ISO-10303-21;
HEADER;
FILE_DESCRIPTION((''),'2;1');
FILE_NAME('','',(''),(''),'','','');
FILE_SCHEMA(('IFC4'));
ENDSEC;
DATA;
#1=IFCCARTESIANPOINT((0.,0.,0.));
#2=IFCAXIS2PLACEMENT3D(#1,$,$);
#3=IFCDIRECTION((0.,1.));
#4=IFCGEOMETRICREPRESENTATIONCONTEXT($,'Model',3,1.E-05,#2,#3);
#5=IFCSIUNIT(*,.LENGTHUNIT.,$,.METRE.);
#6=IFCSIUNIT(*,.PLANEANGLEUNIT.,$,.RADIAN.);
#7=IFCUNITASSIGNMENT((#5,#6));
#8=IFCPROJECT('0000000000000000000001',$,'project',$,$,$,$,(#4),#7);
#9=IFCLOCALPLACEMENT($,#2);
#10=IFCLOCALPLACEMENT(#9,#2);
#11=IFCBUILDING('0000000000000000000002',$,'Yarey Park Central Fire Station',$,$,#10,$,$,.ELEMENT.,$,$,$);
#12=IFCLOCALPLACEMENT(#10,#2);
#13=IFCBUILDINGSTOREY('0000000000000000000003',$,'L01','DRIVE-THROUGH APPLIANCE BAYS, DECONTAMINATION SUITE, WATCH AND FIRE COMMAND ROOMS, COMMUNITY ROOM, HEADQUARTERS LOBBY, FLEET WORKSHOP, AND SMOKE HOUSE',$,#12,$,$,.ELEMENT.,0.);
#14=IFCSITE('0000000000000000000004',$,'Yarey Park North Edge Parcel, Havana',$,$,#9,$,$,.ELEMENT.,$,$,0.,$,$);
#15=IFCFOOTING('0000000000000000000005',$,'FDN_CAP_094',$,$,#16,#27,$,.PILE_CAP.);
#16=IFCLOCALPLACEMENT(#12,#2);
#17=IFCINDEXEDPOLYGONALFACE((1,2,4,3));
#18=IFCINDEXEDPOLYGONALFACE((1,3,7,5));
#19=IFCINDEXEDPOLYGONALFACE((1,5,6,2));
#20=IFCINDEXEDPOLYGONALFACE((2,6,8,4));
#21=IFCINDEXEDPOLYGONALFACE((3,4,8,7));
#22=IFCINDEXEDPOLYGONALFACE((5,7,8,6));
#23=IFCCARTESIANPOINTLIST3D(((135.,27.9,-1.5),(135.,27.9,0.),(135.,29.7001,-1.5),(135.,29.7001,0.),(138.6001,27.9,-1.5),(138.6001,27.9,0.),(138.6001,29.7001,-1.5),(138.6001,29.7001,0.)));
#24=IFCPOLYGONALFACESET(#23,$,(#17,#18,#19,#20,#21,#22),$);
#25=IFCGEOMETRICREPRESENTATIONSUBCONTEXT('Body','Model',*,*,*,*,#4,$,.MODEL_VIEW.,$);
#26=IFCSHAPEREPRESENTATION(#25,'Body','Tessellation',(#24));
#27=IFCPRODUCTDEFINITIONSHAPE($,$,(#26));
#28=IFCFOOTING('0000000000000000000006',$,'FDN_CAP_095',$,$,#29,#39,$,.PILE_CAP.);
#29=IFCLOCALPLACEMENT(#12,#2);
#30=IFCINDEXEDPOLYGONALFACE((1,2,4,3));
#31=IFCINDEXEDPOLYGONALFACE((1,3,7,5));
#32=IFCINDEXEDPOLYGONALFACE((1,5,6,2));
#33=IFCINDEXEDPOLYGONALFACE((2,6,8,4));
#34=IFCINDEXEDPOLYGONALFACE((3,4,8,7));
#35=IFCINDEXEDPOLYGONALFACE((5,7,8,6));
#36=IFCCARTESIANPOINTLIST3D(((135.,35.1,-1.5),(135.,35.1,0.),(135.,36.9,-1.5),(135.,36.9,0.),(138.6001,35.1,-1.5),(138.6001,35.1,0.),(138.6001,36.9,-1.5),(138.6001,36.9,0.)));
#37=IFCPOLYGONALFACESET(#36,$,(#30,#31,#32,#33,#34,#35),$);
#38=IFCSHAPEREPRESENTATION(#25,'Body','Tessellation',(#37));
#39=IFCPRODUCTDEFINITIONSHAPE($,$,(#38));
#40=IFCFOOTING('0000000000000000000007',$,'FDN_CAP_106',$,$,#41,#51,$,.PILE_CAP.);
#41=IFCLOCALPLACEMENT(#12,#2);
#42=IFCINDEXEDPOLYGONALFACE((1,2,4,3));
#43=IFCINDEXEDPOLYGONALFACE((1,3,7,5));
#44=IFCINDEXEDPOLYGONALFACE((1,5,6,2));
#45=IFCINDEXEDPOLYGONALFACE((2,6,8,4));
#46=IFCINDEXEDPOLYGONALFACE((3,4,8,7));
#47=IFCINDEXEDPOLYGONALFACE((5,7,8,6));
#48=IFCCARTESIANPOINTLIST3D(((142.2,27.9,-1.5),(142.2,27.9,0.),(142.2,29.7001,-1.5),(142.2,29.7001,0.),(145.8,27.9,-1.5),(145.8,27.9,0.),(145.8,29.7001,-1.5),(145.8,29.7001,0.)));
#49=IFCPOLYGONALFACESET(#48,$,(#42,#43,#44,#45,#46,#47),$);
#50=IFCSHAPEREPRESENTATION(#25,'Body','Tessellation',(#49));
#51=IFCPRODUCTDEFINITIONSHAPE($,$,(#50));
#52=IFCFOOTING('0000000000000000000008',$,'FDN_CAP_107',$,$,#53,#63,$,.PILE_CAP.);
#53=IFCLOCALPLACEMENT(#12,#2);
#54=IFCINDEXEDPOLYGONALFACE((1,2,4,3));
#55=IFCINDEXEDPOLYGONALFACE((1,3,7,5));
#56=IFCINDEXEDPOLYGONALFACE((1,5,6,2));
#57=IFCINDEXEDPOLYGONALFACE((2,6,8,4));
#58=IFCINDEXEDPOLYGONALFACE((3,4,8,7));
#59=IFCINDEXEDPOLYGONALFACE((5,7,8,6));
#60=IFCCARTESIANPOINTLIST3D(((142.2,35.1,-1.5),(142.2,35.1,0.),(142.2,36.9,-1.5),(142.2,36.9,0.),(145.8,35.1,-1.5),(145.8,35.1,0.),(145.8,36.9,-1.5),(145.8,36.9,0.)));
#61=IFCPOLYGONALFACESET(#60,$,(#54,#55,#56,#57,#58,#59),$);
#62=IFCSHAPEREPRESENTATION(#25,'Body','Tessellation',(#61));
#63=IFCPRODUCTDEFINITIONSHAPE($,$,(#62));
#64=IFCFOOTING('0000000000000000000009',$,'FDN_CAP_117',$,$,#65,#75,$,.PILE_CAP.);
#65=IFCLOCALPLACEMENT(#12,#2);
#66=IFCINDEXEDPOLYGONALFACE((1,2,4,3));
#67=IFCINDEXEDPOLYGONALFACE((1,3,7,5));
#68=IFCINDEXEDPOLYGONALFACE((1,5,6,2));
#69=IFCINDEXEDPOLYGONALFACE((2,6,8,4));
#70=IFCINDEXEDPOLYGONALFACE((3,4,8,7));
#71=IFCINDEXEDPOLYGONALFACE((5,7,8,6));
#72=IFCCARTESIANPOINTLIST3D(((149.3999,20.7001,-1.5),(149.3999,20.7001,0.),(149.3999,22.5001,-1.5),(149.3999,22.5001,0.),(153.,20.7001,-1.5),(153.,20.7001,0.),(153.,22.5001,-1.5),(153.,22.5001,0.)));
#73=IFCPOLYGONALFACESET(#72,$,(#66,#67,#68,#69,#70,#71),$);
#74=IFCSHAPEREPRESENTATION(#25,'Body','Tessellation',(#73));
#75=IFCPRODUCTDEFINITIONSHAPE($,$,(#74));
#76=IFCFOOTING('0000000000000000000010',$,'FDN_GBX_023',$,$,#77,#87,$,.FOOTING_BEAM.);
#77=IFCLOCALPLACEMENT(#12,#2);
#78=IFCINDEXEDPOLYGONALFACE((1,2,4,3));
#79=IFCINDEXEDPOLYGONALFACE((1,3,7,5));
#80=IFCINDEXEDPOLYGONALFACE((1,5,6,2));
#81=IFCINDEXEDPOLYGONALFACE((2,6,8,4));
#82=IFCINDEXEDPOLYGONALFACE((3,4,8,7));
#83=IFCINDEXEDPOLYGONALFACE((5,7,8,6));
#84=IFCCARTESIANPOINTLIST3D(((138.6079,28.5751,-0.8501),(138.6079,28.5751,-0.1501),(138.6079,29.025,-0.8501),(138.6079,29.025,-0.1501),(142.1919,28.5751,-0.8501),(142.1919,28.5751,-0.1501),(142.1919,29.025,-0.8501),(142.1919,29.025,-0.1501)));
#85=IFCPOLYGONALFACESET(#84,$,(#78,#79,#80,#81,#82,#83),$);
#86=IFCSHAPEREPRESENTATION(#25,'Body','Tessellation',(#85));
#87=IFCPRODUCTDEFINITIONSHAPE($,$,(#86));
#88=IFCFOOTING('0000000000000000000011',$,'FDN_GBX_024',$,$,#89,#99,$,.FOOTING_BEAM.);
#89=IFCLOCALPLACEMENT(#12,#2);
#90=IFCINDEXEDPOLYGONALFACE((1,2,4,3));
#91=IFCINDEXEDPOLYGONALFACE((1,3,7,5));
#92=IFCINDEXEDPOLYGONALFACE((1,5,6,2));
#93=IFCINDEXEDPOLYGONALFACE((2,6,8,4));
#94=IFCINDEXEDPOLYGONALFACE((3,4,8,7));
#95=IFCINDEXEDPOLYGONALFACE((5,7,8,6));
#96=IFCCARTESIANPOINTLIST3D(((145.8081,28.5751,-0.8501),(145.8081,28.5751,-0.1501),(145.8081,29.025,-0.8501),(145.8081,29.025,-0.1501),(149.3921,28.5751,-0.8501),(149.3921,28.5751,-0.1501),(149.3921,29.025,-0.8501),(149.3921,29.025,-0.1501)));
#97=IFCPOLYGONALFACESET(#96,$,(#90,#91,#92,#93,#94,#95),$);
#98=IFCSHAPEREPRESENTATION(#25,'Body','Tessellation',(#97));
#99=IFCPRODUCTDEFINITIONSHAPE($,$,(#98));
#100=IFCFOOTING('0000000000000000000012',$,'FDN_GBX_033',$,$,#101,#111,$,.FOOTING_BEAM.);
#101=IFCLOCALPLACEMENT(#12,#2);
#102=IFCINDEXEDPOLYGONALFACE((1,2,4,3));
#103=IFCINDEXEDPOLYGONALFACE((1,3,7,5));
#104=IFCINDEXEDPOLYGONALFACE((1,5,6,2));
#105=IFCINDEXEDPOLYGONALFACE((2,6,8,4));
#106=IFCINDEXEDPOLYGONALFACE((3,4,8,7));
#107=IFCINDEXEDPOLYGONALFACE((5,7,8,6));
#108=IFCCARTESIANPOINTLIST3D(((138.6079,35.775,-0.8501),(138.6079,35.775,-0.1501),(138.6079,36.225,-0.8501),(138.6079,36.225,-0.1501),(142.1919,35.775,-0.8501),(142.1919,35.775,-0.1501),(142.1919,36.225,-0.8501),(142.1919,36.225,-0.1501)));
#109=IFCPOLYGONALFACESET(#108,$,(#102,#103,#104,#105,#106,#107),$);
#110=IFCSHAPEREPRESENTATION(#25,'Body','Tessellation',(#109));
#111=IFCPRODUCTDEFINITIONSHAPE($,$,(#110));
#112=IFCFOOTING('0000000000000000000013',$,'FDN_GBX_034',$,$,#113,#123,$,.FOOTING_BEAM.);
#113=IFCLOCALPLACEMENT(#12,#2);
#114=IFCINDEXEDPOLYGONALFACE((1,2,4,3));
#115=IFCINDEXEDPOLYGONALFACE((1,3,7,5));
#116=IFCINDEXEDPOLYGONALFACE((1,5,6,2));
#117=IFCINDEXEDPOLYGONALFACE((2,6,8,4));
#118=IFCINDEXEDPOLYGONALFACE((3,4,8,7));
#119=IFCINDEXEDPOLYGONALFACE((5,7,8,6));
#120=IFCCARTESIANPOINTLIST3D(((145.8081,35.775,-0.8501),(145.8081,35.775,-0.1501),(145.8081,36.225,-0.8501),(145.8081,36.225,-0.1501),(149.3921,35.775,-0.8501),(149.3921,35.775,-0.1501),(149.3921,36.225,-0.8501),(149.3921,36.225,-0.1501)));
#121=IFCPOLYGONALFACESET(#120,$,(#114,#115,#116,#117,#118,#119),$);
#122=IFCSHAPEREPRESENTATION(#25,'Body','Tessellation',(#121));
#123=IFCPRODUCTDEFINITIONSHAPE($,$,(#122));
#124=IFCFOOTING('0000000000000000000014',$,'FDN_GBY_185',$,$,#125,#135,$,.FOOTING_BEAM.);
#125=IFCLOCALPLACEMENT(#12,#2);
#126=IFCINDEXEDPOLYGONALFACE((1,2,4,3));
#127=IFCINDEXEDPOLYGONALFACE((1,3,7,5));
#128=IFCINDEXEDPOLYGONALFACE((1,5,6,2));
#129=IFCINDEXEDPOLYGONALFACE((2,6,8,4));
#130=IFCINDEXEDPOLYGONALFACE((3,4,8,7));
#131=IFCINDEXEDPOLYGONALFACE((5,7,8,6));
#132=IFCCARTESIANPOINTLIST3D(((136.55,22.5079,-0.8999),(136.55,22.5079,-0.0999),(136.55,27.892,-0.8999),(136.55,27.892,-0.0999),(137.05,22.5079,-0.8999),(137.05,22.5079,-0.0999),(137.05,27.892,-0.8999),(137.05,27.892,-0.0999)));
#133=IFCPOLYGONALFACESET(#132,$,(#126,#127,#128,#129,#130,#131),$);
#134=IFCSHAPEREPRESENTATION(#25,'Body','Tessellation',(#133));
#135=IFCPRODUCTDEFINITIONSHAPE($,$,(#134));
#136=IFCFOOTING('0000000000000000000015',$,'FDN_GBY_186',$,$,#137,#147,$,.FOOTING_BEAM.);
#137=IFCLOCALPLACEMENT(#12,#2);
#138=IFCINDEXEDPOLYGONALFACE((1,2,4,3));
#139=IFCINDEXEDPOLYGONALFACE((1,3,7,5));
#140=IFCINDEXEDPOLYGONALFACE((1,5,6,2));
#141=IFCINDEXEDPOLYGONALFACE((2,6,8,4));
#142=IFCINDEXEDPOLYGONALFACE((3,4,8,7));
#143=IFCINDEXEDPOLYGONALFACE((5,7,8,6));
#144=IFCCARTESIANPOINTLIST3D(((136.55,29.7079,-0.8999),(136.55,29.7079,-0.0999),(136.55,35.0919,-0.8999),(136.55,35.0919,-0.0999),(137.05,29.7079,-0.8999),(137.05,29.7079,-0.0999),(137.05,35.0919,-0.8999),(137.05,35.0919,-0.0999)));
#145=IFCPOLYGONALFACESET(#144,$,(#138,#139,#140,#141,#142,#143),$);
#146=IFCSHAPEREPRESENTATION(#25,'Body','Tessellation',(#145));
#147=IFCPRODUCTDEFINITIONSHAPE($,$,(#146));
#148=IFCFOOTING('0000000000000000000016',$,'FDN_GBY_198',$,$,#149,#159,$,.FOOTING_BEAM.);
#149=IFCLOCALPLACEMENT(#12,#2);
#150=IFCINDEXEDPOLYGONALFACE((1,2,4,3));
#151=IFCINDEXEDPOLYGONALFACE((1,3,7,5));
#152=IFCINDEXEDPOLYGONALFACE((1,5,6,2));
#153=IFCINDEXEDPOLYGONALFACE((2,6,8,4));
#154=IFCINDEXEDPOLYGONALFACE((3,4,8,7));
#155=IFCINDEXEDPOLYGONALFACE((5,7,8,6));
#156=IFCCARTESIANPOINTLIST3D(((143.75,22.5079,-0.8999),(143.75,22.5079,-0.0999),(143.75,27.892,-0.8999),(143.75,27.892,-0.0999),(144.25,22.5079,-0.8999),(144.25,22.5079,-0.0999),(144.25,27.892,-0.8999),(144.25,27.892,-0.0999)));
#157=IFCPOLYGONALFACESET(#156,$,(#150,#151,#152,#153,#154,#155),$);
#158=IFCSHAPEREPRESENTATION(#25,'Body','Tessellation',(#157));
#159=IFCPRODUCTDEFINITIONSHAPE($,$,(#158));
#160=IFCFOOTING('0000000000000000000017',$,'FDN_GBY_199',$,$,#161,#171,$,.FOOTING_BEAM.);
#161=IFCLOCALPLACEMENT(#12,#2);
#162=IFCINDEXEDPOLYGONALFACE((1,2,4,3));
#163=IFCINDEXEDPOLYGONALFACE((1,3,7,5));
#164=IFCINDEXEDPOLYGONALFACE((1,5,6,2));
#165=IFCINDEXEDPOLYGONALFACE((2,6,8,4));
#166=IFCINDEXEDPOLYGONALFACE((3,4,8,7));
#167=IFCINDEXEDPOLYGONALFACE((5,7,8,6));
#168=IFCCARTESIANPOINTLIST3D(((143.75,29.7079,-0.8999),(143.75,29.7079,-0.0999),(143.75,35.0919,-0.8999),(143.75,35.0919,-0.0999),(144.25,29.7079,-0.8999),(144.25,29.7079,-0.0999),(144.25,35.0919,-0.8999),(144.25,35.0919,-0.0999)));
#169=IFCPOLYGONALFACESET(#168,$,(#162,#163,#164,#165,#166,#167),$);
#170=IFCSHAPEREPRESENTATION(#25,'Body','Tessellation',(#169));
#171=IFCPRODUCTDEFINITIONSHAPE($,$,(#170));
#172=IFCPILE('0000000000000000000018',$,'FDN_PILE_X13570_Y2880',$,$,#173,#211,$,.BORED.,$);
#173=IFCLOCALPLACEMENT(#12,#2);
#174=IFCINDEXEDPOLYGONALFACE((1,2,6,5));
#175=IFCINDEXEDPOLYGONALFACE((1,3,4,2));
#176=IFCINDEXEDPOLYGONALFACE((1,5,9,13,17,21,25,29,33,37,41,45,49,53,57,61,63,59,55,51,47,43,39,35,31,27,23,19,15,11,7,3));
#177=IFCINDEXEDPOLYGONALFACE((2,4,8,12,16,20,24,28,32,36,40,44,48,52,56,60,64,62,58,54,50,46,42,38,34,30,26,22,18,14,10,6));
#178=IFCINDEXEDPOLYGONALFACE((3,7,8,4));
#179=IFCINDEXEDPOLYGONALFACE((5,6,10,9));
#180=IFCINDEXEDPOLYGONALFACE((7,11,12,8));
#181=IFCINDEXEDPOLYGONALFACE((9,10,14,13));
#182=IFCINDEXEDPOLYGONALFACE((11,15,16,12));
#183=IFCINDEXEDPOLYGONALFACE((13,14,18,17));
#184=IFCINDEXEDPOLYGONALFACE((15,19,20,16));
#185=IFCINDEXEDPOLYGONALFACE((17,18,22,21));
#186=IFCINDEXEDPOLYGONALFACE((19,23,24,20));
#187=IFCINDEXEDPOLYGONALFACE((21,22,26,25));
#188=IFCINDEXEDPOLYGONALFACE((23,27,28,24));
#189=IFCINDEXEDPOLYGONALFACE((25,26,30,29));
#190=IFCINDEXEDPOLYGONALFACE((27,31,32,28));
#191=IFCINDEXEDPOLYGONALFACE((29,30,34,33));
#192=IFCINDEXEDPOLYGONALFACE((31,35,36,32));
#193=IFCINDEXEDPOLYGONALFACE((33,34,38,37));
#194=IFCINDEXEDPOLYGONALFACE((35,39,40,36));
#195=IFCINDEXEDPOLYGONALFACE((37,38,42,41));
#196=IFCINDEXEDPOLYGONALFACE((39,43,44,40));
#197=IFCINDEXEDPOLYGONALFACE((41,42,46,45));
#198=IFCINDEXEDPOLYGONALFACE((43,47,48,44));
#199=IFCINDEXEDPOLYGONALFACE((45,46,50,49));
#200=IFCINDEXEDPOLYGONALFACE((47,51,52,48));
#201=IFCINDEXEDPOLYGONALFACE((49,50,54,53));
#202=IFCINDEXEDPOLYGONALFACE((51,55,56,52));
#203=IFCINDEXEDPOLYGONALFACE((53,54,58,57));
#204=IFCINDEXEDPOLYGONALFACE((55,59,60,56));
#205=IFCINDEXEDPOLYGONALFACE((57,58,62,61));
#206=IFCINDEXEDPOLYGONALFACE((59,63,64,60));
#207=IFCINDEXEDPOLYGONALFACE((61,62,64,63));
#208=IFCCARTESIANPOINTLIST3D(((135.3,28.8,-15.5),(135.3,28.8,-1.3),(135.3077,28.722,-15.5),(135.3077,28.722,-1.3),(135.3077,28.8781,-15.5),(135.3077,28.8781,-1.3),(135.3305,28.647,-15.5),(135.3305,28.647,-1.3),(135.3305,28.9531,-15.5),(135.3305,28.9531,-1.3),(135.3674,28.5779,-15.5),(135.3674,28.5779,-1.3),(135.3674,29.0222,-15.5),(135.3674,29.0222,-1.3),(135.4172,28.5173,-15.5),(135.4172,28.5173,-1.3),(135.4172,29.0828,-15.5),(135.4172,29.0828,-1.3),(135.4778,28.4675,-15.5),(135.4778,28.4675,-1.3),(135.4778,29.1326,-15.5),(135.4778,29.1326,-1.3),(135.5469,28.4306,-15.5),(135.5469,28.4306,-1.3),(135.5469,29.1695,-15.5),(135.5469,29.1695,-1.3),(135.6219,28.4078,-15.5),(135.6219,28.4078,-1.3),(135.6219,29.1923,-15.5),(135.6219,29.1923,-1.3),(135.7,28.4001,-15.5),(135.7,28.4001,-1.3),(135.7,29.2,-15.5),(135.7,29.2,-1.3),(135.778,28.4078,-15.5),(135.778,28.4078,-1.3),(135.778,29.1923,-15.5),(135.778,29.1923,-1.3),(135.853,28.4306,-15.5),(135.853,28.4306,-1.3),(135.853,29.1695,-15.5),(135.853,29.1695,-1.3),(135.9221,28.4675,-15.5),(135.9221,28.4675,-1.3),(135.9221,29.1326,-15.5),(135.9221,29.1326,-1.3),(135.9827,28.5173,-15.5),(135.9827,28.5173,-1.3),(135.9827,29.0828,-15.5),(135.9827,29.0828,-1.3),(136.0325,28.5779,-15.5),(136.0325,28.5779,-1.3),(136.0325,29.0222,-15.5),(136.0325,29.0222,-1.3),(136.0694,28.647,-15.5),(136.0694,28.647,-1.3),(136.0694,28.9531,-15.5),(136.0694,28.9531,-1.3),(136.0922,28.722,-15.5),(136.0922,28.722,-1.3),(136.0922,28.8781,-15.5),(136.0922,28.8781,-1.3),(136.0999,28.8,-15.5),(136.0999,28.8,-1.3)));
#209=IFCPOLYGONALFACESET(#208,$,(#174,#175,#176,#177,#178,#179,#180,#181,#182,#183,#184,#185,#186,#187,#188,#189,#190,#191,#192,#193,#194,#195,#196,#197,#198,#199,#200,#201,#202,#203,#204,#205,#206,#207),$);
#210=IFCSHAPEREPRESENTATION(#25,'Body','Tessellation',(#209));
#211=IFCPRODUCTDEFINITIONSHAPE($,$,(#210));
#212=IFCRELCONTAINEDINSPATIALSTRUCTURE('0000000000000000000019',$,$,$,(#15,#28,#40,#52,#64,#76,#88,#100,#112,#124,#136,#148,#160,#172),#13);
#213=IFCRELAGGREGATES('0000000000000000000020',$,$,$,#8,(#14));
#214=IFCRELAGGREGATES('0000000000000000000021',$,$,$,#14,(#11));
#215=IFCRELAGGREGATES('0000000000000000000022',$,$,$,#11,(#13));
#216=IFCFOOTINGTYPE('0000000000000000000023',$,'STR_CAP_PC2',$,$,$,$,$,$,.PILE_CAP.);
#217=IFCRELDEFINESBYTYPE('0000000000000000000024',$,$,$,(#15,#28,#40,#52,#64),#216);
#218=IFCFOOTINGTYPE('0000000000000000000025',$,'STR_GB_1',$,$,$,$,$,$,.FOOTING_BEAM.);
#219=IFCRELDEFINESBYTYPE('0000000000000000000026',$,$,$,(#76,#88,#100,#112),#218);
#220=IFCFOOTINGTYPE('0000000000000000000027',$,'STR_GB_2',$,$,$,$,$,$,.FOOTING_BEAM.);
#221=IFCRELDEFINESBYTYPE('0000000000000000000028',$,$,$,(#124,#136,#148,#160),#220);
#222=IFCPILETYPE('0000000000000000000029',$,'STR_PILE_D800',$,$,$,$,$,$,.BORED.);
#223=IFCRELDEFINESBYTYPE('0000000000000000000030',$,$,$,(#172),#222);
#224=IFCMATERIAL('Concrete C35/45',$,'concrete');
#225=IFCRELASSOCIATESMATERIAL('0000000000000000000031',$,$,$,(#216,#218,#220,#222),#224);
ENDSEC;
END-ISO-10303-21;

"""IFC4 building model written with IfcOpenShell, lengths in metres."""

from ifc_helpers import new_model, si_unit, direction, frame, origin, origin_2d, place, context, subcontext, project, spatial, rectangle, circle, extrude, material, material_profile, profile_set, type_object, element, save


model = new_model("IFC4")

# Units and contexts
model_context = context("Model", 3, precision=1e-05, world=origin(), true_north=direction((0.0, 1.0)))
body_context = subcontext(model_context, "Body", "Model", "MODEL_VIEW")
ifc_project = project(units=[si_unit("LENGTHUNIT", "METRE"), si_unit("PLANEANGLEUNIT", "RADIAN")], contexts=[model_context])

# Site, building, storey
site_placement = place(None, origin())
site = spatial("IfcSite", under=ifc_project, at=site_placement, Name="Yarey Park North Edge Parcel, Havana", CompositionType="ELEMENT", RefElevation=0.0)
building_placement = place(site_placement, origin())
building = spatial("IfcBuilding", under=site, at=building_placement, Name="Yarey Park Central Fire Station", CompositionType="ELEMENT")
storey_placement = place(building_placement, origin())
storey = spatial("IfcBuildingStorey", under=building, at=storey_placement, Name="L01", Description="DRIVE-THROUGH APPLIANCE BAYS, DECONTAMINATION SUITE, WATCH AND FIRE COMMAND ROOMS, COMMUNITY ROOM, HEADQUARTERS LOBBY, FLEET WORKSHOP, AND SMOKE HOUSE", CompositionType="ELEMENT", Elevation=0.0)

# Footings
ifc_material_1 = material(Name="Concrete C35/45", Category="concrete")
footing_type_1 = type_object("IfcFootingType", Name="STR_CAP_PC2", PredefinedType="PILE_CAP", material=ifc_material_1)
for number, where, z_axis, x_axis, name in (
    (1, (136.8, 28.8, -1.5), (0.0, 0.0, 1.0), (1.0, 0.0, 0.0), "FDN_CAP_094"),
    (2, (136.8, 36.0, -1.5), (0.0, 0.0, 1.0), (1.0, 0.0, 0.0), "FDN_CAP_095"),
    (3, (144.0, 28.8, -1.5), (0.0, 0.0, 1.0), (1.0, 0.0, 0.0), "FDN_CAP_106"),
    (4, (144.0, 36.0, -1.5), (0.0, 0.0, 1.0), (1.0, 0.0, 0.0), "FDN_CAP_107"),
    (5, (151.2, 21.6001, -1.5), (0.0, 0.0, 1.0), (1.0, 0.0, 0.0), "FDN_CAP_117"),
):
    element("IfcFooting", number, at=place(storey_placement, frame(where, z_axis=z_axis, x_axis=x_axis)), inside=storey, type_object=footing_type_1, Name=name, PredefinedType="PILE_CAP", context=body_context, shape_type="SweptSolid", body=[
        extrude(rectangle(XDim=3.6001, YDim=1.8, at=origin_2d()), origin(), (0.0, 0.0, 1.0), 1.5),
    ])
footing_type_2 = type_object("IfcFootingType", Name="STR_GB_1", PredefinedType="FOOTING_BEAM", material=ifc_material_1)
for number, where, z_axis, x_axis, name in (
    (6, (140.3999, 28.8, -0.8501), (0.0, 0.0, 1.0), (1.0, 0.0, 0.0), "FDN_GBX_023"),
    (7, (147.6001, 28.8, -0.8501), (0.0, 0.0, 1.0), (1.0, 0.0, 0.0), "FDN_GBX_024"),
    (8, (140.3999, 36.0, -0.8501), (0.0, 0.0, 1.0), (1.0, 0.0, 0.0), "FDN_GBX_033"),
    (9, (147.6001, 36.0, -0.8501), (0.0, 0.0, 1.0), (1.0, 0.0, 0.0), "FDN_GBX_034"),
):
    element("IfcFooting", number, at=place(storey_placement, frame(where, z_axis=z_axis, x_axis=x_axis)), inside=storey, type_object=footing_type_2, Name=name, PredefinedType="FOOTING_BEAM", context=body_context, shape_type="SweptSolid", body=[
        extrude(rectangle(XDim=3.584, YDim=0.45, at=origin_2d()), origin(), (0.0, 0.0, 1.0), 0.7),
    ])
footing_type_3 = type_object("IfcFootingType", Name="STR_GB_2", PredefinedType="FOOTING_BEAM", material=ifc_material_1)
for number, where, z_axis, x_axis, name in (
    (10, (136.8, 25.2, -0.8999), (0.0, 0.0, 1.0), (1.0, 0.0, 0.0), "FDN_GBY_185"),
    (11, (136.8, 32.3999, -0.8999), (0.0, 0.0, 1.0), (1.0, 0.0, 0.0), "FDN_GBY_186"),
    (12, (144.0, 25.2, -0.8999), (0.0, 0.0, 1.0), (1.0, 0.0, 0.0), "FDN_GBY_198"),
    (13, (144.0, 32.3999, -0.8999), (0.0, 0.0, 1.0), (1.0, 0.0, 0.0), "FDN_GBY_199"),
):
    element("IfcFooting", number, at=place(storey_placement, frame(where, z_axis=z_axis, x_axis=x_axis)), inside=storey, type_object=footing_type_3, Name=name, PredefinedType="FOOTING_BEAM", context=body_context, shape_type="SweptSolid", body=[
        extrude(rectangle(XDim=0.5, YDim=5.384, at=origin_2d()), origin(), (0.0, 0.0, 1.0), 0.8),
    ])

# Pile
ifc_material_profile_1 = material_profile(ifc_material_1, circle(Radius=0.3999, at=origin_2d()), Name="BORED PILE D800")
ifc_profile_set_1 = profile_set([ifc_material_profile_1], Name="Concrete C35/45")
pile_type = type_object("IfcPileType", Name="STR_PILE_D800", PredefinedType="BORED", material=ifc_profile_set_1)
for number, where, z_axis, x_axis, name in (
    (14, (135.7, 28.8, -1.3), (0.0, 0.0, -1.0), (1.0, 0.0, 0.0), "FDN_PILE_X13570_Y2880"),
):
    element("IfcPile", number, at=place(storey_placement, frame(where, z_axis=z_axis, x_axis=x_axis)), inside=storey, type_object=pile_type, Name=name, PredefinedType="BORED", context=body_context, shape_type="SweptSolid", body=[
        extrude(circle(Radius=0.3999, at=origin_2d()), origin(), (0.0, 0.0, 1.0), 14.2),
    ])

save(model, "model.ifc")
